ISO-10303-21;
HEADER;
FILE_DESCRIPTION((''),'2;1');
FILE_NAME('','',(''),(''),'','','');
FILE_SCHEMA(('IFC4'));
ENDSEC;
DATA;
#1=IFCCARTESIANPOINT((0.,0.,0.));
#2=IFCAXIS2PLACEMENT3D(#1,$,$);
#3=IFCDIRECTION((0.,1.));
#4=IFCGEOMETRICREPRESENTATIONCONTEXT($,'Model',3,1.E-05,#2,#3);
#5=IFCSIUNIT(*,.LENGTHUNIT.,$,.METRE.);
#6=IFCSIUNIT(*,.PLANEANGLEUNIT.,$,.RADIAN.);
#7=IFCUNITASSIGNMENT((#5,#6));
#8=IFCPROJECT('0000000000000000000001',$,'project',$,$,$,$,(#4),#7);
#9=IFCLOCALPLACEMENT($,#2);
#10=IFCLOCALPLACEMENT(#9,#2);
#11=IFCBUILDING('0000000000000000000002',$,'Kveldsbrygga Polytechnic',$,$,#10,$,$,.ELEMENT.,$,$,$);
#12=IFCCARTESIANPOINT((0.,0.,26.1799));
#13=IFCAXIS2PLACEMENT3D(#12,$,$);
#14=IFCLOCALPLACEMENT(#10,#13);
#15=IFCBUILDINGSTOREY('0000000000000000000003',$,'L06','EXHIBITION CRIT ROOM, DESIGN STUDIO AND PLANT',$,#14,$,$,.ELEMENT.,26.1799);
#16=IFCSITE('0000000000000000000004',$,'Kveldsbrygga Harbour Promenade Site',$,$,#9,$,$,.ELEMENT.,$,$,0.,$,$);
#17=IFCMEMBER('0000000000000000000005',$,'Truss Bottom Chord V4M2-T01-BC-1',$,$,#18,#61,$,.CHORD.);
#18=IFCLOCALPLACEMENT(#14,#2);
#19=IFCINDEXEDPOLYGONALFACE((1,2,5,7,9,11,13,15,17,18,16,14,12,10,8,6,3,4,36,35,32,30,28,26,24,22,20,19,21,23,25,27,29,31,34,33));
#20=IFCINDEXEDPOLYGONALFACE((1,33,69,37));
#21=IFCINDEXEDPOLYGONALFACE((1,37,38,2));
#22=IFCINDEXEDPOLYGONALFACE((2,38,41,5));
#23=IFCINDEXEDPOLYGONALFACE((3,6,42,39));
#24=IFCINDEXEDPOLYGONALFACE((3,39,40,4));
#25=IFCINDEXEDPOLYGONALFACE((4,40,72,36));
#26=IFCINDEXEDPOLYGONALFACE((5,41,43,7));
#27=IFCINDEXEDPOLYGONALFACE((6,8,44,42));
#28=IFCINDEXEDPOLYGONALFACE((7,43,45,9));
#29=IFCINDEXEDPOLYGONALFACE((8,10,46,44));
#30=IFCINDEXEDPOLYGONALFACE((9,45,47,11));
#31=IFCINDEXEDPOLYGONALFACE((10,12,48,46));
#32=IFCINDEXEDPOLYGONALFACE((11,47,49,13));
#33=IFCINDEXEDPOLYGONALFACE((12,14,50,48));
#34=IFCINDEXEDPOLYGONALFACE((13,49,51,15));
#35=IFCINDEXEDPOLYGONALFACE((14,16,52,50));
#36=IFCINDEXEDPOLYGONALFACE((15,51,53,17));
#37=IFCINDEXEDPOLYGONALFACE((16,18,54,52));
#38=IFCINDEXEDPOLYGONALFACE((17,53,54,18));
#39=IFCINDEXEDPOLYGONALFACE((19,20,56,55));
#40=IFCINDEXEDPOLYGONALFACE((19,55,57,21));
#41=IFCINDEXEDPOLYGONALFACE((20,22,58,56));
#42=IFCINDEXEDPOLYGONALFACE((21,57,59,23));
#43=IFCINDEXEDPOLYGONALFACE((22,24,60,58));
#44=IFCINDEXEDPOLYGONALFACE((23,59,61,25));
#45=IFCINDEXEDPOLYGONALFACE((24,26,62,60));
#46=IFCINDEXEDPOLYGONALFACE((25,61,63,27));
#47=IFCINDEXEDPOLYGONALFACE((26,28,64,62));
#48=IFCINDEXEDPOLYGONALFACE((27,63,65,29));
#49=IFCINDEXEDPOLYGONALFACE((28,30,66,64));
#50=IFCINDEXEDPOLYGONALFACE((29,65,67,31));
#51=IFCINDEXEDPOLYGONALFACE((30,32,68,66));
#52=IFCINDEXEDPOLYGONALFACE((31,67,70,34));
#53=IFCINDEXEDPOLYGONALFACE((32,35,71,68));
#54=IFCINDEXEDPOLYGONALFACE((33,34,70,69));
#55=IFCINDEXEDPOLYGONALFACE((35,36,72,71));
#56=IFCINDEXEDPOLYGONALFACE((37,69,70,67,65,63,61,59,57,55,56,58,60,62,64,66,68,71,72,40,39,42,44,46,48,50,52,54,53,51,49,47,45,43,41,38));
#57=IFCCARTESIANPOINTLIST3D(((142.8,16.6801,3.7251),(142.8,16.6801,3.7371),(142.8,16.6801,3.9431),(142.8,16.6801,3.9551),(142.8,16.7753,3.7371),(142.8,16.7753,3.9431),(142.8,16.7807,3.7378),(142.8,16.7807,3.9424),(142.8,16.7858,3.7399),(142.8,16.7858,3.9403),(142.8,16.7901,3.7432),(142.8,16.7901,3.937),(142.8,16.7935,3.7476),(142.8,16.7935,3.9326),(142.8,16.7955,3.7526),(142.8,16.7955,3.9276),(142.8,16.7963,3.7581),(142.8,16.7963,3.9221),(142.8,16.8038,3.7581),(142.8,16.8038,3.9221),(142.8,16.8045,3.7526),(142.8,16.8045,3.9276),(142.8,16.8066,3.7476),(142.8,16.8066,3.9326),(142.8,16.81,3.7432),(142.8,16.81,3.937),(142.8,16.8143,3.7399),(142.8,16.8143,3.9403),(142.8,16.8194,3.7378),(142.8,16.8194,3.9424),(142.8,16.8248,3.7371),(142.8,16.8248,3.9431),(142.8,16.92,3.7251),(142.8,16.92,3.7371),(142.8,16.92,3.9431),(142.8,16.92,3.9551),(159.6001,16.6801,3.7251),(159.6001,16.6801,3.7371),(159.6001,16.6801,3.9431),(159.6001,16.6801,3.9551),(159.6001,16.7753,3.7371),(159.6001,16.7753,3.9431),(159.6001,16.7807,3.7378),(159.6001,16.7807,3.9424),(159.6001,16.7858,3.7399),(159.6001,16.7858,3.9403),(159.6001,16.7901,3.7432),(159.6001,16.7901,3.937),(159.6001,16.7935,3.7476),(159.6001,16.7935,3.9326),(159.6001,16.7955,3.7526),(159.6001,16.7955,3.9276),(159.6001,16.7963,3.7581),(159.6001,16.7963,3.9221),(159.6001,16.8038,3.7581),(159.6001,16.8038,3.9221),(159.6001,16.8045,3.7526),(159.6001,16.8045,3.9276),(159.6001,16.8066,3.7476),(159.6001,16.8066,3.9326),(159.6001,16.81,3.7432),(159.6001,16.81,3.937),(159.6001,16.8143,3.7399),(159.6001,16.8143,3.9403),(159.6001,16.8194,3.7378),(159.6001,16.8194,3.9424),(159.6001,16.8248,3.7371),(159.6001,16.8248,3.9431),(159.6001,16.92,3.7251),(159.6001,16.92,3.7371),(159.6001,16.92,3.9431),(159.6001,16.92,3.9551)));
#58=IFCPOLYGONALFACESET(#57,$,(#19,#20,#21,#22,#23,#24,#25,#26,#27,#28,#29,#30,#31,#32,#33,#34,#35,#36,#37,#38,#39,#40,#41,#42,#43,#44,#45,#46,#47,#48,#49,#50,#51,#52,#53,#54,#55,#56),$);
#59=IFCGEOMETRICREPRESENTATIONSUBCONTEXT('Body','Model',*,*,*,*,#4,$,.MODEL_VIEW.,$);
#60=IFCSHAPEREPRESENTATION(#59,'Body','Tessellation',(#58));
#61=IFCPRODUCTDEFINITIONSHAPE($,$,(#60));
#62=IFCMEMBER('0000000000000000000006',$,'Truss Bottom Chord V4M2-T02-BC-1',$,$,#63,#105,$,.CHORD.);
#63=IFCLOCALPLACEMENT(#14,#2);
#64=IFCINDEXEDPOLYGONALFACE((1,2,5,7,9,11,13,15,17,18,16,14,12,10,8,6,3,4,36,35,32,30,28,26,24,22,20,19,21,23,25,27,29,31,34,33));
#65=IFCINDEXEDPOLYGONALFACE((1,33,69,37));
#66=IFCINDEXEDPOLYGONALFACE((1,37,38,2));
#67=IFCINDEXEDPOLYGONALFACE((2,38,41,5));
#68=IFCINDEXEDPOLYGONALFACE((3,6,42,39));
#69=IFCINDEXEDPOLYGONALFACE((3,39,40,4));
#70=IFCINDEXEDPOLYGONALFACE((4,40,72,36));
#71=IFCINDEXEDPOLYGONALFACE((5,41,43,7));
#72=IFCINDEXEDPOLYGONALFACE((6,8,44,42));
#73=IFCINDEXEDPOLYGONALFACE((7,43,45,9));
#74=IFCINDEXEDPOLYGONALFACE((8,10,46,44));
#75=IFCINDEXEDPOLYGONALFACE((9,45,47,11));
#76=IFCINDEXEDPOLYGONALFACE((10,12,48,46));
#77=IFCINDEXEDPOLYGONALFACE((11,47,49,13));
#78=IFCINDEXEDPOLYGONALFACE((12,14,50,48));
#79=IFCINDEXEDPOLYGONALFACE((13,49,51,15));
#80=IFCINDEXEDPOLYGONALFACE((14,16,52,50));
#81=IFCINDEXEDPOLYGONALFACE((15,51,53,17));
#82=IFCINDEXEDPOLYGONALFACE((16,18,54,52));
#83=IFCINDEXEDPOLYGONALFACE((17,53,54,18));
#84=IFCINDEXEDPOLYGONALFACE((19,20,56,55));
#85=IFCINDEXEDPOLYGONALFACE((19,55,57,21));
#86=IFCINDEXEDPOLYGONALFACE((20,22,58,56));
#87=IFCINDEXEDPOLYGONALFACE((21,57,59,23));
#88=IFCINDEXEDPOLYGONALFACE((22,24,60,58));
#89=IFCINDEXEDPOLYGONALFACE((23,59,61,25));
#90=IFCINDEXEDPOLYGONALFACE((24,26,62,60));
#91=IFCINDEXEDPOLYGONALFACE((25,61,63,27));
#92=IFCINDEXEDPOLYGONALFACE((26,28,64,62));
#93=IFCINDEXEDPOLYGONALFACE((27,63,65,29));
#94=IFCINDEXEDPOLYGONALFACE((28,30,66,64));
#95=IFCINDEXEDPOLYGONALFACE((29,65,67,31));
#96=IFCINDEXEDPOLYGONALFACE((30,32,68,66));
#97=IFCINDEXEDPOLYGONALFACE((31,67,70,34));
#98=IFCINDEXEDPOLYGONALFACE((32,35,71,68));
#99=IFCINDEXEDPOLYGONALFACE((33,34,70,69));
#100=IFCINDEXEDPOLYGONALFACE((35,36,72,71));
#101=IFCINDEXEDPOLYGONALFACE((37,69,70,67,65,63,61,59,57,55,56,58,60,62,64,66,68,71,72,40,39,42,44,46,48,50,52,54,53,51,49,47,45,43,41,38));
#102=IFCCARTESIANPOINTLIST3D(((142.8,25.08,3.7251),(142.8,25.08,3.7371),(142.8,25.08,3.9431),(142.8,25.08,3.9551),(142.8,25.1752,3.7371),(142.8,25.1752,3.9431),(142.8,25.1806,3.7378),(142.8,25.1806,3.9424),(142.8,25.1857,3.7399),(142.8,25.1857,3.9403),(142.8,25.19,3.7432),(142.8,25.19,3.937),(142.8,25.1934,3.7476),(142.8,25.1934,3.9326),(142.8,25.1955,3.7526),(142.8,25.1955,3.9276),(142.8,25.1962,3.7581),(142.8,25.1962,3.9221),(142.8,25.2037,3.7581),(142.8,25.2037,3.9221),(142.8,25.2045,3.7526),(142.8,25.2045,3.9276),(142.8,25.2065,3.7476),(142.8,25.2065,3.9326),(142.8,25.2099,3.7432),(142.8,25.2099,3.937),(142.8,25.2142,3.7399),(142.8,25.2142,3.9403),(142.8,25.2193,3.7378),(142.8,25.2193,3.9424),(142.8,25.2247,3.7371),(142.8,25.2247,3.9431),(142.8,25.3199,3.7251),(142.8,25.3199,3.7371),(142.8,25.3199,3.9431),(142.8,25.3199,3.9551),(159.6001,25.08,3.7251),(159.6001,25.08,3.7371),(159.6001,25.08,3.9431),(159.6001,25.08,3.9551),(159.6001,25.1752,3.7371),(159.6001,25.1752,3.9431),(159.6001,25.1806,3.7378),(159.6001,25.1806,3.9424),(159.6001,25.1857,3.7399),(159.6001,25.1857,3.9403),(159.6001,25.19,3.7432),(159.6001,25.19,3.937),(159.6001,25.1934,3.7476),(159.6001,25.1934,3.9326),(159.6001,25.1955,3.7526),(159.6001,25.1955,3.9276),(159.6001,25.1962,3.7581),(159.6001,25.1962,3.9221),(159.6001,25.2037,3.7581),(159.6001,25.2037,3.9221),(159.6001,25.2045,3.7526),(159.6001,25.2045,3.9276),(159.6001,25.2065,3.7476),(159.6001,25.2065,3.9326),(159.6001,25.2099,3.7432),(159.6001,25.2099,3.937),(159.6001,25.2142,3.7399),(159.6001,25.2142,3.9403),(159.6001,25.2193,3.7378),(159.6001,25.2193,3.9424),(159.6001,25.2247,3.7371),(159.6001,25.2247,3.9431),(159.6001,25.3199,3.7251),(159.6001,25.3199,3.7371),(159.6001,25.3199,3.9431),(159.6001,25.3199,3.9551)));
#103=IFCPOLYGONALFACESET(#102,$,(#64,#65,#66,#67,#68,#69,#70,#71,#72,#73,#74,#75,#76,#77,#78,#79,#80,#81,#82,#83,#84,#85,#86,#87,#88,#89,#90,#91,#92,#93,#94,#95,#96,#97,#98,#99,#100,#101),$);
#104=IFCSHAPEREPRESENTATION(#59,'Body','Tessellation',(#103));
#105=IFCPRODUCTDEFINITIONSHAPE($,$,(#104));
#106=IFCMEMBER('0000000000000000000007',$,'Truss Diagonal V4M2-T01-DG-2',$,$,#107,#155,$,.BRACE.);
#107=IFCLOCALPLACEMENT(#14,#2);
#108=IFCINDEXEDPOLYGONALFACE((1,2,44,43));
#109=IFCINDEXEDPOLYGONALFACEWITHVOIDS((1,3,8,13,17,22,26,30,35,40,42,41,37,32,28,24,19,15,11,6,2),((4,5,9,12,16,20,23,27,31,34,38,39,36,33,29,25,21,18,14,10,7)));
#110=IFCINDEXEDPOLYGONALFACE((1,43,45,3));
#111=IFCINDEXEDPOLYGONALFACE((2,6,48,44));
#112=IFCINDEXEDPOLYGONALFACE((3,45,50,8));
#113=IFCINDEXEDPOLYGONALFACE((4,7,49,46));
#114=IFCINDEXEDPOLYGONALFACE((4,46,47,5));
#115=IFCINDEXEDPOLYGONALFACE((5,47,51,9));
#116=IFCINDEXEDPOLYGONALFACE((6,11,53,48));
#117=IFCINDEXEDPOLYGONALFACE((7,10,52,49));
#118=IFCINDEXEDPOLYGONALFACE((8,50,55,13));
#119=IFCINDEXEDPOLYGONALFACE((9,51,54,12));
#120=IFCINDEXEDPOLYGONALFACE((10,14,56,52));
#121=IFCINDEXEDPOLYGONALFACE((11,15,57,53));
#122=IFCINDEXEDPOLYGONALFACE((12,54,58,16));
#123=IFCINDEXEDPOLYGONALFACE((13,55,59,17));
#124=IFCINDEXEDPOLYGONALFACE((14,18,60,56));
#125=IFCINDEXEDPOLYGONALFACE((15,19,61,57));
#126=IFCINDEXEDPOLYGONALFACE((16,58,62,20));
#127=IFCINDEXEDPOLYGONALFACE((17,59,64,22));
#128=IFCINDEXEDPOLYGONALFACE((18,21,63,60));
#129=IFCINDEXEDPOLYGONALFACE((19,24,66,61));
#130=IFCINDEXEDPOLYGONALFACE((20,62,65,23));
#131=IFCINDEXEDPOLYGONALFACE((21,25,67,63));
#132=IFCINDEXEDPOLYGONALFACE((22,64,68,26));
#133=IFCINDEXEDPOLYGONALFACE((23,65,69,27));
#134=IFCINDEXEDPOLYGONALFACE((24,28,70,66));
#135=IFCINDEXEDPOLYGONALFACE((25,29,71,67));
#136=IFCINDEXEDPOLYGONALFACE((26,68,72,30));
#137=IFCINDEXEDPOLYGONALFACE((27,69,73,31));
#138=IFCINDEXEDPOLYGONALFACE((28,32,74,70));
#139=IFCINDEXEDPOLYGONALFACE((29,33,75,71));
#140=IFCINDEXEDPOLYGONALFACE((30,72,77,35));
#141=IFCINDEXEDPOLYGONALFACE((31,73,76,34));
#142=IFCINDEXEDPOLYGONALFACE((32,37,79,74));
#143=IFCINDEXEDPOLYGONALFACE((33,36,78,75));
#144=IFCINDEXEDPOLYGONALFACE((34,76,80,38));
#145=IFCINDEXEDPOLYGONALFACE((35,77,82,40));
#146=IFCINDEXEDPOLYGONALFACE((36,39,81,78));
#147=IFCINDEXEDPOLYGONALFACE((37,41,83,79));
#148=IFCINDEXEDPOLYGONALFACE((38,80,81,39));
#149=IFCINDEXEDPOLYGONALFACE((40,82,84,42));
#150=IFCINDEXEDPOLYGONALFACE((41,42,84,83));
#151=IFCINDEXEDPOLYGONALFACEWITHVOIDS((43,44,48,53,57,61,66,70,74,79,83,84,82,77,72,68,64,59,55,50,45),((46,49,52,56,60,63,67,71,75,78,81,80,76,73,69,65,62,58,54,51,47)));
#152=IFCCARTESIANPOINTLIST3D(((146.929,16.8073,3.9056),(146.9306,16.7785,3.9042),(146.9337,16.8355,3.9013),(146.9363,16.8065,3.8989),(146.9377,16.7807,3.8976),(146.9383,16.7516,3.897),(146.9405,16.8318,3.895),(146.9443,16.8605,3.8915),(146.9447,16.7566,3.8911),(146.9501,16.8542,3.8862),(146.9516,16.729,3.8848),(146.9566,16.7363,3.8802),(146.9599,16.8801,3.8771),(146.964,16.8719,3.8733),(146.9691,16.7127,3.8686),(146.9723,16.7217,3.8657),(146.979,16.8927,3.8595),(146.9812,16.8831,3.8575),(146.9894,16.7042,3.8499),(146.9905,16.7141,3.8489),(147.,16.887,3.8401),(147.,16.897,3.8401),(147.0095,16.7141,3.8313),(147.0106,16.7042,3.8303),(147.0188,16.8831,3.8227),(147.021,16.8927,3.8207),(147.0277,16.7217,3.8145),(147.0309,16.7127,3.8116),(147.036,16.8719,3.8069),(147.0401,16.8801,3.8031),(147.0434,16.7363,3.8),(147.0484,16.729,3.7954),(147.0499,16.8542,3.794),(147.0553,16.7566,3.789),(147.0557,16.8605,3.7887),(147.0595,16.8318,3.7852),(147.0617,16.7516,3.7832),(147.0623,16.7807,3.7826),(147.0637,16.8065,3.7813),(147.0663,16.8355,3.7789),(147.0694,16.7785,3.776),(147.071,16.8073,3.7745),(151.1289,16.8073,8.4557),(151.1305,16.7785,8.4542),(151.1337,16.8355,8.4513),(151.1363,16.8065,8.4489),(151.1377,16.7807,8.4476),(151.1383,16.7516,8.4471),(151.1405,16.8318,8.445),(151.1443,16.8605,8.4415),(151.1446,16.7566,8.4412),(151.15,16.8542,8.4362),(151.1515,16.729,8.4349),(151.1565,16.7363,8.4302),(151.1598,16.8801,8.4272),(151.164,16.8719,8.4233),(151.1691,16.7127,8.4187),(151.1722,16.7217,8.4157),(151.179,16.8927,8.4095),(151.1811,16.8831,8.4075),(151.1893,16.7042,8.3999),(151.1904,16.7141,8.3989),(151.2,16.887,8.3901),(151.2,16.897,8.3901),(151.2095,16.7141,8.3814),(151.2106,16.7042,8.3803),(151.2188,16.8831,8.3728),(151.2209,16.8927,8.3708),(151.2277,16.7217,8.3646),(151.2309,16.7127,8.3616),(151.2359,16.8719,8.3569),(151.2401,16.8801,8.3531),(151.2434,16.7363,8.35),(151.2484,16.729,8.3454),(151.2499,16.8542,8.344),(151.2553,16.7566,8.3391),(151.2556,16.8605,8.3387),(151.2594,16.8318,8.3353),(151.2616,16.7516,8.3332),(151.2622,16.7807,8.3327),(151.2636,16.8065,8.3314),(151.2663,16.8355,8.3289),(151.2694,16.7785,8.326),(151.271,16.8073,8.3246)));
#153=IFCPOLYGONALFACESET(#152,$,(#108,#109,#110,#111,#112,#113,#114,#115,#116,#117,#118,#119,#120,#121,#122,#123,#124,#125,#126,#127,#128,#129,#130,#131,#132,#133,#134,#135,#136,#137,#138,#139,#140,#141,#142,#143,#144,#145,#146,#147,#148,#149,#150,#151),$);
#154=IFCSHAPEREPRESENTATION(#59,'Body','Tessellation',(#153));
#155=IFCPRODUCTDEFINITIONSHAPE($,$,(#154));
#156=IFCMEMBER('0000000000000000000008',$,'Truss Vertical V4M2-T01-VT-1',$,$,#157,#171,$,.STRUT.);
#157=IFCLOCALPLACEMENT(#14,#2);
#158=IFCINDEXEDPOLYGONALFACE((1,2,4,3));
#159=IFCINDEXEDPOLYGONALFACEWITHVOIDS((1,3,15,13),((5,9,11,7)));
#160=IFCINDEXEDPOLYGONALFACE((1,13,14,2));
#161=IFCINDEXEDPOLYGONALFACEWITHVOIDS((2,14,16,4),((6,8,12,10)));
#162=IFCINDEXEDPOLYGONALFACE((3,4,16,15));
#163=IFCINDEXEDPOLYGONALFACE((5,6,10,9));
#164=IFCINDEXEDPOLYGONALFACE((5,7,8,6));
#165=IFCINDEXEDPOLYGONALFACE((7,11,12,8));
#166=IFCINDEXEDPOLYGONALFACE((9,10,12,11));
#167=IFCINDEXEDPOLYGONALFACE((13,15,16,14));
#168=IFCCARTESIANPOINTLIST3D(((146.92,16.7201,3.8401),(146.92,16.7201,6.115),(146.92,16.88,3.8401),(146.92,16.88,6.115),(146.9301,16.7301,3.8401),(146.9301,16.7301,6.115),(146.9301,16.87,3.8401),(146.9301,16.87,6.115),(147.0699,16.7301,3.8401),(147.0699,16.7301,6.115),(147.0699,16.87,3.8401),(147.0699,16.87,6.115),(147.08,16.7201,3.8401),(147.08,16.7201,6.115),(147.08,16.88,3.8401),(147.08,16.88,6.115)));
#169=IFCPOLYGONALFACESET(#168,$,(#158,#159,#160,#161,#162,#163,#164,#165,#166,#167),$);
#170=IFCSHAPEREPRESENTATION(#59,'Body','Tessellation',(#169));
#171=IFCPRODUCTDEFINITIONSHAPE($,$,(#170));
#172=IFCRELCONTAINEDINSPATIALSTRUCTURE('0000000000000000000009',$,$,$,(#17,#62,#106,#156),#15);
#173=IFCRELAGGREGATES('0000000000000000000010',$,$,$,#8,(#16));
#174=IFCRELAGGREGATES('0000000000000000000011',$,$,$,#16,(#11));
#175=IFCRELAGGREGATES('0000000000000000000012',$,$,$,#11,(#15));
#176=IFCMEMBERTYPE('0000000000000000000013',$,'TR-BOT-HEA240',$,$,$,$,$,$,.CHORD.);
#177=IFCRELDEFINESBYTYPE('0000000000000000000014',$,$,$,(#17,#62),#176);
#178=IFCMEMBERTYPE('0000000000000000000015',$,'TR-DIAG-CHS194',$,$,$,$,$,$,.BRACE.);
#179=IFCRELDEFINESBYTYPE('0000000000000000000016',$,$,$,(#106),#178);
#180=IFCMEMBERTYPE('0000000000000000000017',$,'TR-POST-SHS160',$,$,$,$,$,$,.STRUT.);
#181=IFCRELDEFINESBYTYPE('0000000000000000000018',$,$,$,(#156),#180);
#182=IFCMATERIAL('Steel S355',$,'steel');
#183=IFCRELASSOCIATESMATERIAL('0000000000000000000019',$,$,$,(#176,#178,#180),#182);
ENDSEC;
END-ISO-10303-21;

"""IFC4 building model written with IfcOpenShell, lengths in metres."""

from ifc_helpers import new_model, si_unit, direction, frame, origin, origin_2d, place, context, subcontext, project, spatial, hollow_rectangle, hollow_circle, i_section, extrude, material, material_profile, profile_set, type_object, element, save


model = new_model("IFC4")

# Units and contexts
model_context = context("Model", 3, precision=1e-05, world=origin(), true_north=direction((0.0, 1.0)))
body_context = subcontext(model_context, "Body", "Model", "MODEL_VIEW")
ifc_project = project(units=[si_unit("LENGTHUNIT", "METRE"), si_unit("PLANEANGLEUNIT", "RADIAN")], contexts=[model_context])

# Site, building, storey
site_placement = place(None, origin())
site = spatial("IfcSite", under=ifc_project, at=site_placement, Name="Kveldsbrygga Harbour Promenade Site", CompositionType="ELEMENT", RefElevation=0.0)
building_placement = place(site_placement, origin())
building = spatial("IfcBuilding", under=site, at=building_placement, Name="Kveldsbrygga Polytechnic", CompositionType="ELEMENT")
storey_placement = place(building_placement, frame((0.0, 0.0, 26.1799)))
storey = spatial("IfcBuildingStorey", under=building, at=storey_placement, Name="L06", Description="EXHIBITION CRIT ROOM, DESIGN STUDIO AND PLANT", CompositionType="ELEMENT", Elevation=26.1799)

# Shared definitions
ifc_material_1 = material(Name="Steel S355", Category="steel")

# Members
ifc_material_profile_1 = material_profile(ifc_material_1, i_section(OverallWidth=0.24, OverallDepth=0.23, WebThickness=0.0076, FlangeThickness=0.012, FilletRadius=0.021, at=origin_2d()), Name="HEA 240")
ifc_profile_set_1 = profile_set([ifc_material_profile_1], Name="Steel S355")
member_type_1 = type_object("IfcMemberType", Name="TR-BOT-HEA240", PredefinedType="CHORD", material=ifc_profile_set_1)
for number, where, z_axis, x_axis, name in (
    (1, (142.8, 16.8, 3.8401), (1.0, 0.0, 0.0), (0.0, 1.0, 0.0), "Truss Bottom Chord V4M2-T01-BC-1"),
    (2, (142.8, 25.2, 3.8401), (1.0, 0.0, 0.0), (0.0, 1.0, 0.0), "Truss Bottom Chord V4M2-T02-BC-1"),
):
    element("IfcMember", number, at=place(storey_placement, frame(where, z_axis=z_axis, x_axis=x_axis)), inside=storey, type_object=member_type_1, Name=name, PredefinedType="CHORD", context=body_context, shape_type="SweptSolid", body=[
        extrude(i_section(OverallWidth=0.24, OverallDepth=0.23, WebThickness=0.0076, FlangeThickness=0.012, FilletRadius=0.021, at=origin_2d()), origin(), (0.0, 0.0, 1.0), 16.8),
    ])
ifc_material_profile_2 = material_profile(ifc_material_1, hollow_circle(Radius=0.0969, WallThickness=0.01, at=origin_2d()), Name="CHS 193.7x10.0")
ifc_profile_set_2 = profile_set([ifc_material_profile_2], Name="Steel S355")
member_type_2 = type_object("IfcMemberType", Name="TR-DIAG-CHS194", PredefinedType="BRACE", material=ifc_profile_set_2)
member_1_placement = place(storey_placement, frame((147.0, 16.8, 3.8401), z_axis=(0.678272, 0.0, 0.734811), x_axis=(0.0, 1.0, 0.0)))
element("IfcMember", 3, at=member_1_placement, inside=storey, type_object=member_type_2, Name="Truss Diagonal V4M2-T01-DG-2", PredefinedType="BRACE", context=body_context, shape_type="SweptSolid", body=[
    extrude(hollow_circle(Radius=0.0969, WallThickness=0.01, at=origin_2d()), origin(), (0.0, 0.0, 1.0), 6.1921),
])
ifc_material_profile_3 = material_profile(ifc_material_1, hollow_rectangle(XDim=0.1599, YDim=0.1599, WallThickness=0.01, at=origin_2d()), Name="SHS 160x160x10.0")
ifc_profile_set_3 = profile_set([ifc_material_profile_3], Name="Steel S355")
member_type_3 = type_object("IfcMemberType", Name="TR-POST-SHS160", PredefinedType="STRUT", material=ifc_profile_set_3)
member_2_placement = place(storey_placement, frame((147.0, 16.8, 3.8401), z_axis=(0.0, 0.0, 1.0), x_axis=(1.0, 0.0, 0.0)))
element("IfcMember", 4, at=member_2_placement, inside=storey, type_object=member_type_3, Name="Truss Vertical V4M2-T01-VT-1", PredefinedType="STRUT", context=body_context, shape_type="SweptSolid", body=[
    extrude(hollow_rectangle(XDim=0.1599, YDim=0.1599, WallThickness=0.01, at=origin_2d()), origin(), (0.0, 0.0, 1.0), 2.2749),
])

save(model, "model.ifc")
